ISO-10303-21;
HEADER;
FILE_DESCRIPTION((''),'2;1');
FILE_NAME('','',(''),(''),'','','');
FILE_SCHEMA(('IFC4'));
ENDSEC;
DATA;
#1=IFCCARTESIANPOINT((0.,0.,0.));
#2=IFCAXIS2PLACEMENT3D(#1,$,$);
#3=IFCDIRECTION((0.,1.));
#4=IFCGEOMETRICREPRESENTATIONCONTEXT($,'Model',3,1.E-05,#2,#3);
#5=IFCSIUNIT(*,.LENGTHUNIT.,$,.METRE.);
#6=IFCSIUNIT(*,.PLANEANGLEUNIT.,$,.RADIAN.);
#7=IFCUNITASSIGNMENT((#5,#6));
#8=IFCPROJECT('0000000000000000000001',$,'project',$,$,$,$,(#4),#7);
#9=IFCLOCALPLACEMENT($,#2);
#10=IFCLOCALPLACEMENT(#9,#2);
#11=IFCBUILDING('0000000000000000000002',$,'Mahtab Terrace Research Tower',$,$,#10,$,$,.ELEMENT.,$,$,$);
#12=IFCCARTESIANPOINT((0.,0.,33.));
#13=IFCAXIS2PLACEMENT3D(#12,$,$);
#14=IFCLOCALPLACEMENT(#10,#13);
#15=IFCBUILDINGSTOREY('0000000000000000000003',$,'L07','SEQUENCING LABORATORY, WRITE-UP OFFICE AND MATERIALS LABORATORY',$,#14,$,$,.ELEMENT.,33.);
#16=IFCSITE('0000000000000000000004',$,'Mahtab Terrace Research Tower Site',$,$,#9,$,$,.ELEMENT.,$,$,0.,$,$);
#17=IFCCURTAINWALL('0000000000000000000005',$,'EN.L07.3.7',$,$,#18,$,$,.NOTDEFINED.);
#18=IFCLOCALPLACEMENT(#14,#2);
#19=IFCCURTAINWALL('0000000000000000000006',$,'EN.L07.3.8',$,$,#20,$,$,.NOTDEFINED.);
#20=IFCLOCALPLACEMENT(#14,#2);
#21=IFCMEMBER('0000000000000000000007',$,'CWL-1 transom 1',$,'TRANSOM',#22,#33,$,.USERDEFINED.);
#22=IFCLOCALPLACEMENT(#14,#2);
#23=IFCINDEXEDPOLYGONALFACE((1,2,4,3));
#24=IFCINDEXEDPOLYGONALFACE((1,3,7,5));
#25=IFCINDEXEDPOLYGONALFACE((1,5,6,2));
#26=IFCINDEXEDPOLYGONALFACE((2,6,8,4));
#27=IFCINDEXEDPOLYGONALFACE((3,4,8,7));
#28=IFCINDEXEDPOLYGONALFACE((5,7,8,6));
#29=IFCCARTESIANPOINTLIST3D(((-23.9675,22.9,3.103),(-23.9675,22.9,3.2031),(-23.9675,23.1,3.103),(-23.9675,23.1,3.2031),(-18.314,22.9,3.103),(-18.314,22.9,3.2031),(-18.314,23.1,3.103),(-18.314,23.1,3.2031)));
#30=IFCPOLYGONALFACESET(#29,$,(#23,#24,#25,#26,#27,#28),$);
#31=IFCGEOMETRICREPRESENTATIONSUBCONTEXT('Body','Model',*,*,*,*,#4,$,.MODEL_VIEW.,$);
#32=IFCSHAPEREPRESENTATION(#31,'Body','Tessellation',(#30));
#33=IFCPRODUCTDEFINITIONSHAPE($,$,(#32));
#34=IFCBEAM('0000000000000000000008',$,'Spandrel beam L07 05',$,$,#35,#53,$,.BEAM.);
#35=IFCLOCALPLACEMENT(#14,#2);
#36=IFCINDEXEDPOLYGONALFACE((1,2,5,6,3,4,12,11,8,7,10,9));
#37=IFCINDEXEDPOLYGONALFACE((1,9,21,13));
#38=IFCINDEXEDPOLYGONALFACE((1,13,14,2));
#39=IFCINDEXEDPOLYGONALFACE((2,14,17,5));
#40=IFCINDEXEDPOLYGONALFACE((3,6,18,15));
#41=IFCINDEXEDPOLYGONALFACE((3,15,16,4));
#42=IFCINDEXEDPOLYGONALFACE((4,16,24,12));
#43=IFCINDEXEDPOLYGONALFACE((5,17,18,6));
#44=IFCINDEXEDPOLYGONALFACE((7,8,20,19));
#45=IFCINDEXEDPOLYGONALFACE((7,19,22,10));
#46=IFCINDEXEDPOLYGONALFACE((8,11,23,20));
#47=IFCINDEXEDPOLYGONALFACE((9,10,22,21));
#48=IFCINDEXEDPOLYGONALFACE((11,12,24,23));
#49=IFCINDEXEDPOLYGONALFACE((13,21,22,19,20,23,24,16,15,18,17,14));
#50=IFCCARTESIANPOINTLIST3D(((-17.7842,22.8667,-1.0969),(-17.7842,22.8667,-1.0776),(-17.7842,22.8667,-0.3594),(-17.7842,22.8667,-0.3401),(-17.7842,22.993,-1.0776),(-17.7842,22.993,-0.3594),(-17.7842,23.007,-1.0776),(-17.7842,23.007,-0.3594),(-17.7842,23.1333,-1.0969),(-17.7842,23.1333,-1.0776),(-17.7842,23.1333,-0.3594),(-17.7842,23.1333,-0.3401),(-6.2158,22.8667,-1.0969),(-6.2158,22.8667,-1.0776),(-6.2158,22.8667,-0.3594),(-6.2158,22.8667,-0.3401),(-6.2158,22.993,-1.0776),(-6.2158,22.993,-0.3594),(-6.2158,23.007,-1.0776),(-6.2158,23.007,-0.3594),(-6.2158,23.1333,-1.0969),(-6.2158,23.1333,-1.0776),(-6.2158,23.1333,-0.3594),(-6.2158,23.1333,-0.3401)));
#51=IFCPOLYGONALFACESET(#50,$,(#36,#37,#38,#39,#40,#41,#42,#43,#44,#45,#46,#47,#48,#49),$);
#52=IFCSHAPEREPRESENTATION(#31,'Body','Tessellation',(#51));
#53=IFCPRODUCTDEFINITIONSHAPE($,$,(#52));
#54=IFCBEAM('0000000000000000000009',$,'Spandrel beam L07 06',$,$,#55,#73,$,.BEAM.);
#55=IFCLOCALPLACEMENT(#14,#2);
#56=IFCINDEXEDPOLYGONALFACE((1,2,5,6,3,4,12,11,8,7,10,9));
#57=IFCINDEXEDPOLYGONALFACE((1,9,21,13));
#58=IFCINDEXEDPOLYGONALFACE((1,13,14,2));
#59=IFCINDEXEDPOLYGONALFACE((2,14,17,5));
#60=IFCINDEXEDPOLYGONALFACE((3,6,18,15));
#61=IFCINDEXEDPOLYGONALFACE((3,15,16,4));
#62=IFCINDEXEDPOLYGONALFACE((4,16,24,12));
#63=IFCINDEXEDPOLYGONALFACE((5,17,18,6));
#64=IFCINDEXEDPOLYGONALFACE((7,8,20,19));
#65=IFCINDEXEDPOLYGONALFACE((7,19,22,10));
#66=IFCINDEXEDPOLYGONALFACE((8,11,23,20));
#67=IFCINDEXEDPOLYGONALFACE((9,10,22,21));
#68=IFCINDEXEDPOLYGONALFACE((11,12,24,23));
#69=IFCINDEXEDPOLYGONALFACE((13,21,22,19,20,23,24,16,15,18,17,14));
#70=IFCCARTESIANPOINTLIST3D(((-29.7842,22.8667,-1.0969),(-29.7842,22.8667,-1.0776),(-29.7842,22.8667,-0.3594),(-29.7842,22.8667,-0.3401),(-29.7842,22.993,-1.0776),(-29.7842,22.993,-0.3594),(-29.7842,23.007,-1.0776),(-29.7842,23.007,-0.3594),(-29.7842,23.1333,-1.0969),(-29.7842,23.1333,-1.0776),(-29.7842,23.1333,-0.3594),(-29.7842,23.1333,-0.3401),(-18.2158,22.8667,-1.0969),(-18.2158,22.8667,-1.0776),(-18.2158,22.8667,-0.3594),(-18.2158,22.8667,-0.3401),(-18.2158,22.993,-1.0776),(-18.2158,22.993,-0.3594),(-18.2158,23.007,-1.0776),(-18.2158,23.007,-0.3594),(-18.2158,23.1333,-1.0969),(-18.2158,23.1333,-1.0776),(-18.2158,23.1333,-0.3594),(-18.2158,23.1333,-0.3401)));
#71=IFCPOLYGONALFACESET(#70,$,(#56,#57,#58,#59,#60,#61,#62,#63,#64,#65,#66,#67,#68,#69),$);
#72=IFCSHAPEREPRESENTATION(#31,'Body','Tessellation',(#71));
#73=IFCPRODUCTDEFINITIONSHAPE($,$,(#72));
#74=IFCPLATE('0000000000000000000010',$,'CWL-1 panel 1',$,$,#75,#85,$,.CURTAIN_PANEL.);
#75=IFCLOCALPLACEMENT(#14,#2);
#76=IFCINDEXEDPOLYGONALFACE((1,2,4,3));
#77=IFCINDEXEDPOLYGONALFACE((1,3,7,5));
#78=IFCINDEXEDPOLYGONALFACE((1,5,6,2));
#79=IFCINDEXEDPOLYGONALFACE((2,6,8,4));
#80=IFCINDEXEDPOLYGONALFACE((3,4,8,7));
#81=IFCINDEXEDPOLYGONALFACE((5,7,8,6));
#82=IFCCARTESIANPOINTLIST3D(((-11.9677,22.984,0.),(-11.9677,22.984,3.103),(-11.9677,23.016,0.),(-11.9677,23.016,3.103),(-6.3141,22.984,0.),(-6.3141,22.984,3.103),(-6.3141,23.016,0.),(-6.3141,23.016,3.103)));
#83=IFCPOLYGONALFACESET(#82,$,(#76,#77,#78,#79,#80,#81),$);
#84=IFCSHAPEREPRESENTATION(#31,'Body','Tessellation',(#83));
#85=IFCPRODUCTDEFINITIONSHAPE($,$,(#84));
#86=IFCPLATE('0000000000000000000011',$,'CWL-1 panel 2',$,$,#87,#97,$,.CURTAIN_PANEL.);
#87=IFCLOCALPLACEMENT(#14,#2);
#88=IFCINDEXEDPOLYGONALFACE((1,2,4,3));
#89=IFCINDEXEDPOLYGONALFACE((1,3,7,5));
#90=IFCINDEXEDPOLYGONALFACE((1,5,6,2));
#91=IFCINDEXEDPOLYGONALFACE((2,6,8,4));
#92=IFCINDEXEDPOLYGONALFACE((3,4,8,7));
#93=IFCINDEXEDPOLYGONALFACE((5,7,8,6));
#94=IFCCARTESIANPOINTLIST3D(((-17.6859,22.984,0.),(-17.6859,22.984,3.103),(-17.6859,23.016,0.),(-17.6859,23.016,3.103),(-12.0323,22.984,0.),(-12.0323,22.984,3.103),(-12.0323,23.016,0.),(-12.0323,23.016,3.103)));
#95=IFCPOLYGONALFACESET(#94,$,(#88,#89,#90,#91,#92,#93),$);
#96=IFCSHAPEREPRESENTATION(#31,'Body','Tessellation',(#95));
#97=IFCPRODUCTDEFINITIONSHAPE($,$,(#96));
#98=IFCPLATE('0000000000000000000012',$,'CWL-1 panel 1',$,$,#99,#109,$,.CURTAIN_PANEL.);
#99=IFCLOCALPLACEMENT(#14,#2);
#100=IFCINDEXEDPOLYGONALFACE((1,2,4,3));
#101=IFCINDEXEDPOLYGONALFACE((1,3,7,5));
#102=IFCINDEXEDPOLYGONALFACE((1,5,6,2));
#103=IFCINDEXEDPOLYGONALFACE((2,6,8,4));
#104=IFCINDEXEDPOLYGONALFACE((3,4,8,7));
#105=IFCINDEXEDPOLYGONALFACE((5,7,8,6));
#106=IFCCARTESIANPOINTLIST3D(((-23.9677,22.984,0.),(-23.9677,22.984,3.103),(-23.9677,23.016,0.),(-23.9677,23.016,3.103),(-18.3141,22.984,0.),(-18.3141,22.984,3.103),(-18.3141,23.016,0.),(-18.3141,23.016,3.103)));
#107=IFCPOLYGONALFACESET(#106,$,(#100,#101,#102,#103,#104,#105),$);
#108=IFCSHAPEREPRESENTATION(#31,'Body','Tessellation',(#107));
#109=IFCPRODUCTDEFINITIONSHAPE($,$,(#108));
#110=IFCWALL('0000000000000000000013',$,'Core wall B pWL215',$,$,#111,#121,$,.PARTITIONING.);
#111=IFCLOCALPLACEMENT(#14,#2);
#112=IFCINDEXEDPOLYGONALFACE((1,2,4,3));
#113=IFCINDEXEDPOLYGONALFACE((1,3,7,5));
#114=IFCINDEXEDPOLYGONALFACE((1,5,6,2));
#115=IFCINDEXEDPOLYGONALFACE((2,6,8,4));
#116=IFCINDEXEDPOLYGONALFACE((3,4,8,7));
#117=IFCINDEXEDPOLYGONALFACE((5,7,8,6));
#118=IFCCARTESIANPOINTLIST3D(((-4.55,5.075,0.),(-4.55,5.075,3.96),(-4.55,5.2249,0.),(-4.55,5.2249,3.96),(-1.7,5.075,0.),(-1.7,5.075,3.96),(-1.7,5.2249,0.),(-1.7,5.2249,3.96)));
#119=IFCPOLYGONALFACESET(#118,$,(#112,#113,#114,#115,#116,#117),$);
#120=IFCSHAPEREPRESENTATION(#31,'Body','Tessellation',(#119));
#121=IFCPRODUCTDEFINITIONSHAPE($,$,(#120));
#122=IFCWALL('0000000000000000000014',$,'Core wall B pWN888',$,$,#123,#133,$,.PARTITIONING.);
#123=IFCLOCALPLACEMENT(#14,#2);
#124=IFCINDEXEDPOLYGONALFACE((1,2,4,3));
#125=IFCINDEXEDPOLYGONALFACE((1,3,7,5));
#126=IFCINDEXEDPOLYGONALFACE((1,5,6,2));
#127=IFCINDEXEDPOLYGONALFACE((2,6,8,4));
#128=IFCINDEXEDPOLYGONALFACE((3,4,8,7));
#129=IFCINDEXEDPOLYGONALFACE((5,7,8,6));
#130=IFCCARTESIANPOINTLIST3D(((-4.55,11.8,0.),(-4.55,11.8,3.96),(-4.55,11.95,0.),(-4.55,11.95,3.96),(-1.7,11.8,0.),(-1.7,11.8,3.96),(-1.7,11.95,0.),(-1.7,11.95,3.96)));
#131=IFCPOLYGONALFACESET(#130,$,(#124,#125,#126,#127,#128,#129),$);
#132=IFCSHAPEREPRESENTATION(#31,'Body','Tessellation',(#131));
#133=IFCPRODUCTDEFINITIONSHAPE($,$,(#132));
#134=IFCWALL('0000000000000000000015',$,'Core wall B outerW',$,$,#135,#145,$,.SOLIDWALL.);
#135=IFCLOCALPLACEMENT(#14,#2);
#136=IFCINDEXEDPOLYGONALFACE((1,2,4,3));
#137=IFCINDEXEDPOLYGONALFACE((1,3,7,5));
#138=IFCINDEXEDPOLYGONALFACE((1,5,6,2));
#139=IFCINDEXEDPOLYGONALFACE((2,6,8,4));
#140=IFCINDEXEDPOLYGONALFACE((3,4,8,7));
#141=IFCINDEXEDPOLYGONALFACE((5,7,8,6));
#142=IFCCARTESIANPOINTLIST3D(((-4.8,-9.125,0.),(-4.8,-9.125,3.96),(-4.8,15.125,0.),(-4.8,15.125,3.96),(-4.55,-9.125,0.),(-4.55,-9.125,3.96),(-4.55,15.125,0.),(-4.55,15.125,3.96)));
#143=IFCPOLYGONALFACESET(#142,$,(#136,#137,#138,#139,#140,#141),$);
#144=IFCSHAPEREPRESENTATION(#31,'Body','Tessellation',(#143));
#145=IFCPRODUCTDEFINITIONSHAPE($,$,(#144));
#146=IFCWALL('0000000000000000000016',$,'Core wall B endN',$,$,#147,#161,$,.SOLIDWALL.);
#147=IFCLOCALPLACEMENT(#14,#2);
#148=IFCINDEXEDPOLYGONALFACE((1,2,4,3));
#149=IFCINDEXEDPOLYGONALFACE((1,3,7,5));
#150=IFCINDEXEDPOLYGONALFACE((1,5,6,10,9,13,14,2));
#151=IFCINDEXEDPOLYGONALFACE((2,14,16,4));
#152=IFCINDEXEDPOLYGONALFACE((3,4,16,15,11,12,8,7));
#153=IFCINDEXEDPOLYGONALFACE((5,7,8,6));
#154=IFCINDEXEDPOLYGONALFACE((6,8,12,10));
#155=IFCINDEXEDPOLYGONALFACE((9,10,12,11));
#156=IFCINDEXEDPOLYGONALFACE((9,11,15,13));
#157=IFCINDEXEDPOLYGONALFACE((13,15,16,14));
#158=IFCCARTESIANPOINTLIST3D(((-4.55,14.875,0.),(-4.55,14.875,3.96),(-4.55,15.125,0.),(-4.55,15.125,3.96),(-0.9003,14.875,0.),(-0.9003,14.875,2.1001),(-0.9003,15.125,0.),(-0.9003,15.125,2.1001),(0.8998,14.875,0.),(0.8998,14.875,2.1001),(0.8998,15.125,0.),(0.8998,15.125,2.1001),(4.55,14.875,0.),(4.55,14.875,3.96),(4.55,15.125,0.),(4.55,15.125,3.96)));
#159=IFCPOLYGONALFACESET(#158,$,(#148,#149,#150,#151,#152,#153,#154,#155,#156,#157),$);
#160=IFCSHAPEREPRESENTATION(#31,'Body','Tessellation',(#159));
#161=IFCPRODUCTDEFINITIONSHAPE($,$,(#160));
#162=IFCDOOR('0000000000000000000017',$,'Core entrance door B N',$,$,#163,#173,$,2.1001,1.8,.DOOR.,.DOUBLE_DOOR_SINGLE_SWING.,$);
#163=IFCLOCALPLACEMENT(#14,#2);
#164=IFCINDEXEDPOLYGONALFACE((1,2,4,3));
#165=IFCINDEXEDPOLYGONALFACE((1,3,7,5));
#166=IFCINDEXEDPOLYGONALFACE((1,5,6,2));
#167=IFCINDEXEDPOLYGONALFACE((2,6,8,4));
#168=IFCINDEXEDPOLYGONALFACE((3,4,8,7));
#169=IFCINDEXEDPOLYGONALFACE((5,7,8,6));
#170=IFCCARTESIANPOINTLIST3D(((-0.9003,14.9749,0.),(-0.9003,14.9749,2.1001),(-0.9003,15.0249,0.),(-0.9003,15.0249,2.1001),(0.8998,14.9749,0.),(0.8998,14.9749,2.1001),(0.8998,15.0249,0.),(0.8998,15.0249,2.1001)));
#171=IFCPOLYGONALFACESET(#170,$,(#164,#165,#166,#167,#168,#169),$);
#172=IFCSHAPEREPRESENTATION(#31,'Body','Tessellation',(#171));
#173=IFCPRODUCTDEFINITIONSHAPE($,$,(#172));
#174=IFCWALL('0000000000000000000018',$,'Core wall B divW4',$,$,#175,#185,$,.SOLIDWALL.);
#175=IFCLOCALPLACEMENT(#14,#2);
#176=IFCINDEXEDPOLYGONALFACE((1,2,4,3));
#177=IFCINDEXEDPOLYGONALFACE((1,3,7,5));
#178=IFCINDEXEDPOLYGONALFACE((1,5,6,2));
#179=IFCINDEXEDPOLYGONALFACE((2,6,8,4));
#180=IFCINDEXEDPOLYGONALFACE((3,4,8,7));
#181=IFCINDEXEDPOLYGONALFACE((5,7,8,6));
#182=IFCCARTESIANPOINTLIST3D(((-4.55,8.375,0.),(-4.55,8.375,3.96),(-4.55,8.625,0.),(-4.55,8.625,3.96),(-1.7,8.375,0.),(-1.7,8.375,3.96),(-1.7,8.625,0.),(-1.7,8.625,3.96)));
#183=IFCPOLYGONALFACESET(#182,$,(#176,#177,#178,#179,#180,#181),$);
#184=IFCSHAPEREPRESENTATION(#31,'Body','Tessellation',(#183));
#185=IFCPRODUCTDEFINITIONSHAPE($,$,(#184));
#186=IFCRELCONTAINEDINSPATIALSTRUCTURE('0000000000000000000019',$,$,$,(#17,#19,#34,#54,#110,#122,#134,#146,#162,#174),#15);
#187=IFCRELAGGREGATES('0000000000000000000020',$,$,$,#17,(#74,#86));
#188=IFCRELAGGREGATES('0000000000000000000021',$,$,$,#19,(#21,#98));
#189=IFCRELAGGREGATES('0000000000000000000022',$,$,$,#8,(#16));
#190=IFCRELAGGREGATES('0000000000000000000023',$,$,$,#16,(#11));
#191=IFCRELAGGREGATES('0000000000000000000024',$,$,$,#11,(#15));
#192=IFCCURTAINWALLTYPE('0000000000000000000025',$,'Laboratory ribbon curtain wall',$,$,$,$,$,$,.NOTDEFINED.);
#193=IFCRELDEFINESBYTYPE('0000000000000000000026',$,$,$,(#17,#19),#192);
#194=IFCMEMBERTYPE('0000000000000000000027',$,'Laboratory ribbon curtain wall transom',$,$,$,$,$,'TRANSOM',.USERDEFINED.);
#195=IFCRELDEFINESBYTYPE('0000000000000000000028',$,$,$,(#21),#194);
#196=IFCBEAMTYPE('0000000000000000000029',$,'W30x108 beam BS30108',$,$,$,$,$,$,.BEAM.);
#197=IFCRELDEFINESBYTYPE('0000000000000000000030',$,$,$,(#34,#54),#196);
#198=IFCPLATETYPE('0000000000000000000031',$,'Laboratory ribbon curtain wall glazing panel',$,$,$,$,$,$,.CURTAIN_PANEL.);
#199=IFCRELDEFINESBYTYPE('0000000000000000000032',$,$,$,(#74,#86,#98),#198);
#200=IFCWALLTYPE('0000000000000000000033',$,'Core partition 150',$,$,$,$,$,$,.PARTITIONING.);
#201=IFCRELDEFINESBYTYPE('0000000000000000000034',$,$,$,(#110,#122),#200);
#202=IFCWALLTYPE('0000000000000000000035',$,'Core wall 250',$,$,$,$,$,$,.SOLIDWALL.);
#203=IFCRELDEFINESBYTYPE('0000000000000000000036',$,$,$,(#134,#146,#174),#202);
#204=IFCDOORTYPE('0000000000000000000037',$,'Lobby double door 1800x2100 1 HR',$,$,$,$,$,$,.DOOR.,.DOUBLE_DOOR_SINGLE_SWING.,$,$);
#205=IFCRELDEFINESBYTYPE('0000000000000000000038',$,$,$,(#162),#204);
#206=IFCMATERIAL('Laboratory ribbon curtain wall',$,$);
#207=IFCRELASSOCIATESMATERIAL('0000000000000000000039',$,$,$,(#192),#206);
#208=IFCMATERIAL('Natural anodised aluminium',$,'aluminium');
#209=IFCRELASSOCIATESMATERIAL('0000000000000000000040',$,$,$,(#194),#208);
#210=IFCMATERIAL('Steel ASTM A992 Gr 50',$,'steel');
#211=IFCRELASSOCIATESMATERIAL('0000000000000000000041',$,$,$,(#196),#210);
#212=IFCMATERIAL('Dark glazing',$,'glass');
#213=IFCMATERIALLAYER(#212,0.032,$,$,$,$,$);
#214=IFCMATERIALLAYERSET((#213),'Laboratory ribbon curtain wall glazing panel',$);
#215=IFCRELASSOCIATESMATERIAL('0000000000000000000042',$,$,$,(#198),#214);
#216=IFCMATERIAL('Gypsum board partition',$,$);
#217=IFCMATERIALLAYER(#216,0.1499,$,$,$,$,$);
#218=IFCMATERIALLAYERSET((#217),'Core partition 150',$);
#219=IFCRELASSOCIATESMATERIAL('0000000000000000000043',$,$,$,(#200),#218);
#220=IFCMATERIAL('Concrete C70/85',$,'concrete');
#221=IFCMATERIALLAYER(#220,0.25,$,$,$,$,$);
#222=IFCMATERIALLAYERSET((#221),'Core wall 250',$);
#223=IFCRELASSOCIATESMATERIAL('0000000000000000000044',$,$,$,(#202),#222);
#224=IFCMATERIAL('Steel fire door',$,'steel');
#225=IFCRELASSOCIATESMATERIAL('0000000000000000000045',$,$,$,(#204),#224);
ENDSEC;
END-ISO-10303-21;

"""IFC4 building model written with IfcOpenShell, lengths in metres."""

from ifc_helpers import new_model, si_unit, direction, frame, frame_2d, origin, origin_2d, place, context, subcontext, project, spatial, rectangle, i_section, extrude, material, layer, layer_set, material_profile, profile_set, type_object, element, fill, aggregate, save


model = new_model("IFC4")

# Units and contexts
model_context = context("Model", 3, precision=1e-05, world=origin(), true_north=direction((0.0, 1.0)))
body_context = subcontext(model_context, "Body", "Model", "MODEL_VIEW")
ifc_project = project(units=[si_unit("LENGTHUNIT", "METRE"), si_unit("PLANEANGLEUNIT", "RADIAN")], contexts=[model_context])

# Site, building, storey
site_placement = place(None, origin())
site = spatial("IfcSite", under=ifc_project, at=site_placement, Name="Mahtab Terrace Research Tower Site", CompositionType="ELEMENT", RefElevation=0.0)
building_placement = place(site_placement, origin())
building = spatial("IfcBuilding", under=site, at=building_placement, Name="Mahtab Terrace Research Tower", CompositionType="ELEMENT")
storey_placement = place(building_placement, frame((0.0, 0.0, 33.0)))
storey = spatial("IfcBuildingStorey", under=building, at=storey_placement, Name="L07", Description="SEQUENCING LABORATORY, WRITE-UP OFFICE AND MATERIALS LABORATORY", CompositionType="ELEMENT", Elevation=33.0)

# Shared definitions
ifc_material_1 = material(Name="Concrete C70/85", Category="concrete")
ifc_material_2 = material(Name="Steel ASTM A992 Gr 50", Category="steel")

# Curtain wall
ifc_material_3 = material(Name="Laboratory ribbon curtain wall")
curtain_wall_type = type_object("IfcCurtainWallType", Name="Laboratory ribbon curtain wall", PredefinedType="NOTDEFINED", material=ifc_material_3)
curtain_wall_1_placement = place(storey_placement, origin())
curtain_wall_1 = element("IfcCurtainWall", 1, at=curtain_wall_1_placement, inside=storey, type_object=curtain_wall_type, Name="EN.L07.3.7", PredefinedType="NOTDEFINED")
ifc_material_4 = material(Name="Natural anodised aluminium", Category="aluminium")

# Curtain wall
curtain_wall_2_placement = place(storey_placement, origin())
curtain_wall_2 = element("IfcCurtainWall", 2, at=curtain_wall_2_placement, inside=storey, type_object=curtain_wall_type, Name="EN.L07.3.8", PredefinedType="NOTDEFINED")

# Member
ifc_material_profile_1 = material_profile(ifc_material_4, rectangle(XDim=0.2, YDim=0.1001, at=origin_2d()), Name="TRANSOM 100x200")
ifc_profile_set_1 = profile_set([ifc_material_profile_1], Name="Natural anodised aluminium")
member_type_1 = type_object("IfcMemberType", Name="Laboratory ribbon curtain wall transom", ElementType="TRANSOM", PredefinedType="USERDEFINED", material=ifc_profile_set_1)
member_1_placement = place(storey_placement, frame((-18.314, 23.0, 3.1531), z_axis=(-1.0, 0.0, 0.0), x_axis=(0.0, -1.0, 0.0)))
member_1 = element("IfcMember", 3, at=member_1_placement, type_object=member_type_1, Name="CWL-1 transom 1", ObjectType="TRANSOM", PredefinedType="USERDEFINED", context=body_context, shape_type="SweptSolid", body=[
    extrude(rectangle(XDim=0.2, YDim=0.1001, at=origin_2d()), origin(), (0.0, 0.0, 1.0), 5.6536),
])

# Beams
ifc_material_profile_2 = material_profile(ifc_material_2, i_section(OverallWidth=0.2666, OverallDepth=0.7568, WebThickness=0.0139, FlangeThickness=0.0193, at=origin_2d()), Name="W30X108")
ifc_profile_set_2 = profile_set([ifc_material_profile_2], Name="Steel ASTM A992 Gr 50")
beam_type = type_object("IfcBeamType", Name="W30x108 beam BS30108", PredefinedType="BEAM", material=ifc_profile_set_2)
for number, where, z_axis, x_axis, name in (
    (4, (-6.2158, 23.0, -0.7185), (-1.0, 0.0, 0.0), (0.0, -1.0, 0.0), "Spandrel beam L07 05"),
    (5, (-18.2158, 23.0, -0.7185), (-1.0, 0.0, 0.0), (0.0, -1.0, 0.0), "Spandrel beam L07 06"),
):
    element("IfcBeam", number, at=place(storey_placement, frame(where, z_axis=z_axis, x_axis=x_axis)), inside=storey, type_object=beam_type, Name=name, PredefinedType="BEAM", context=body_context, shape_type="SweptSolid", body=[
        extrude(i_section(OverallWidth=0.2666, OverallDepth=0.7568, WebThickness=0.0139, FlangeThickness=0.0193, at=origin_2d()), origin(), (0.0, 0.0, 1.0), 11.5684),
    ])

# Plates
ifc_material_5 = material(Name="Dark glazing", Category="glass")
ifc_layer_1 = layer(ifc_material_5, 0.032)
ifc_layer_set_1 = layer_set([ifc_layer_1], Name="Laboratory ribbon curtain wall glazing panel")
plate_type = type_object("IfcPlateType", Name="Laboratory ribbon curtain wall glazing panel", PredefinedType="CURTAIN_PANEL", material=ifc_layer_set_1)
plate_1_placement = place(storey_placement, frame((-9.1409, 23.0, 0.0), z_axis=(0.0, 0.0, 1.0), x_axis=(-1.0, 0.0, 0.0)))
plate_1 = element("IfcPlate", 6, at=plate_1_placement, type_object=plate_type, Name="CWL-1 panel 1", PredefinedType="CURTAIN_PANEL", context=body_context, shape_type="SweptSolid", body=[
    extrude(rectangle(XDim=5.6536, YDim=0.032, at=origin_2d()), origin(), (0.0, 0.0, 1.0), 3.103),
])
plate_2_placement = place(storey_placement, frame((-14.8591, 23.0, 0.0), z_axis=(0.0, 0.0, 1.0), x_axis=(-1.0, 0.0, 0.0)))
plate_2 = element("IfcPlate", 7, at=plate_2_placement, type_object=plate_type, Name="CWL-1 panel 2", PredefinedType="CURTAIN_PANEL", context=body_context, shape_type="SweptSolid", body=[
    extrude(rectangle(XDim=5.6536, YDim=0.032, at=origin_2d()), origin(), (0.0, 0.0, 1.0), 3.103),
])
aggregate(curtain_wall_1, [plate_1, plate_2])
plate_3_placement = place(storey_placement, frame((-21.1409, 23.0, 0.0), z_axis=(0.0, 0.0, 1.0), x_axis=(-1.0, 0.0, 0.0)))
plate_3 = element("IfcPlate", 8, at=plate_3_placement, type_object=plate_type, Name="CWL-1 panel 1", PredefinedType="CURTAIN_PANEL", context=body_context, shape_type="SweptSolid", body=[
    extrude(rectangle(XDim=5.6536, YDim=0.032, at=origin_2d()), origin(), (0.0, 0.0, 1.0), 3.103),
])
aggregate(curtain_wall_2, [member_1, plate_3])

# Walls
ifc_material_6 = material(Name="Gypsum board partition")
ifc_layer_2 = layer(ifc_material_6, 0.1499)
ifc_layer_set_2 = layer_set([ifc_layer_2], Name="Core partition 150")
wall_type_1 = type_object("IfcWallType", Name="Core partition 150", PredefinedType="PARTITIONING", material=ifc_layer_set_2)
for number, where, z_axis, x_axis, name in (
    (9, (-4.55, 5.1499, 0.0), (0.0, 0.0, 1.0), (1.0, 0.0, 0.0), "Core wall B pWL215"),
    (10, (-4.55, 11.875, 0.0), (0.0, 0.0, 1.0), (1.0, 0.0, 0.0), "Core wall B pWN888"),
):
    element("IfcWall", number, at=place(storey_placement, frame(where, z_axis=z_axis, x_axis=x_axis)), inside=storey, type_object=wall_type_1, Name=name, PredefinedType="PARTITIONING", context=body_context, shape_type="SweptSolid", body=[
        extrude(rectangle(XDim=2.8501, YDim=0.1499, at=frame_2d((1.425, 0.0))), origin(), (0.0, 0.0, 1.0), 3.96),
    ])
ifc_layer_3 = layer(ifc_material_1, 0.25)
ifc_layer_set_3 = layer_set([ifc_layer_3], Name="Core wall 250")
wall_type_2 = type_object("IfcWallType", Name="Core wall 250", PredefinedType="SOLIDWALL", material=ifc_layer_set_3)
wall_1_placement = place(storey_placement, frame((-4.675, 15.125, 0.0), z_axis=(0.0, 0.0, 1.0), x_axis=(0.0, -1.0, 0.0)))
element("IfcWall", 11, at=wall_1_placement, inside=storey, type_object=wall_type_2, Name="Core wall B outerW", PredefinedType="SOLIDWALL", context=body_context, shape_type="SweptSolid", body=[
    extrude(rectangle(XDim=24.25, YDim=0.25, at=frame_2d((12.125, 0.0))), origin(), (0.0, 0.0, 1.0), 3.96),
])

# Wall, opening, door
wall_2_placement = place(storey_placement, frame((-4.55, 15.0, 0.0), z_axis=(0.0, 0.0, 1.0), x_axis=(1.0, 0.0, 0.0)))
wall_2 = element("IfcWall", 12, at=wall_2_placement, inside=storey, type_object=wall_type_2, Name="Core wall B endN", PredefinedType="SOLIDWALL", context=body_context, shape_type="SweptSolid", body=[
    extrude(rectangle(XDim=9.1001, YDim=0.25, at=frame_2d((4.55, 0.0))), origin(), (0.0, 0.0, 1.0), 3.96),
])
opening_1_placement = place(wall_2_placement, frame((3.6499, 0.0, 0.0)))
opening_1 = element("IfcOpeningElement", 13, at=opening_1_placement, cuts=wall_2, PredefinedType="OPENING", context=body_context, shape_type="SweptSolid", body=[
    extrude(rectangle(XDim=1.8, YDim=2.1001, at=frame_2d((0.8999, 1.05))), frame((0.0, 0.135, 0.0), z_axis=(0.0, -1.0, 0.0), x_axis=(1.0, 0.0, 0.0)), (0.0, 0.0, 1.0), 0.27),
])
ifc_material_7 = material(Name="Steel fire door", Category="steel")
door_type_1 = type_object("IfcDoorType", Name="Lobby double door 1800x2100 1 HR", OperationType="DOUBLE_DOOR_SINGLE_SWING", PredefinedType="DOOR", material=ifc_material_7)
door_1_placement = place(opening_1_placement, origin())
door_1 = element("IfcDoor", 14, at=door_1_placement, inside=storey, type_object=door_type_1, Name="Core entrance door B N", OperationType="DOUBLE_DOOR_SINGLE_SWING", OverallHeight=2.1001, OverallWidth=1.8, PredefinedType="DOOR", context=body_context, shape_type="SweptSolid", body=[
    extrude(rectangle(XDim=1.8, YDim=2.1001, at=frame_2d((0.8999, 1.05))), frame((0.0, 0.0249, 0.0), z_axis=(0.0, -1.0, 0.0), x_axis=(1.0, 0.0, 0.0)), (0.0, 0.0, 1.0), 0.05),
])
fill(opening_1, door_1)

# Wall
wall_3_placement = place(storey_placement, frame((-4.55, 8.5, 0.0), z_axis=(0.0, 0.0, 1.0), x_axis=(1.0, 0.0, 0.0)))
element("IfcWall", 15, at=wall_3_placement, inside=storey, type_object=wall_type_2, Name="Core wall B divW4", PredefinedType="SOLIDWALL", context=body_context, shape_type="SweptSolid", body=[
    extrude(rectangle(XDim=2.8501, YDim=0.25, at=frame_2d((1.425, 0.0))), origin(), (0.0, 0.0, 1.0), 3.96),
])

save(model, "model.ifc")
